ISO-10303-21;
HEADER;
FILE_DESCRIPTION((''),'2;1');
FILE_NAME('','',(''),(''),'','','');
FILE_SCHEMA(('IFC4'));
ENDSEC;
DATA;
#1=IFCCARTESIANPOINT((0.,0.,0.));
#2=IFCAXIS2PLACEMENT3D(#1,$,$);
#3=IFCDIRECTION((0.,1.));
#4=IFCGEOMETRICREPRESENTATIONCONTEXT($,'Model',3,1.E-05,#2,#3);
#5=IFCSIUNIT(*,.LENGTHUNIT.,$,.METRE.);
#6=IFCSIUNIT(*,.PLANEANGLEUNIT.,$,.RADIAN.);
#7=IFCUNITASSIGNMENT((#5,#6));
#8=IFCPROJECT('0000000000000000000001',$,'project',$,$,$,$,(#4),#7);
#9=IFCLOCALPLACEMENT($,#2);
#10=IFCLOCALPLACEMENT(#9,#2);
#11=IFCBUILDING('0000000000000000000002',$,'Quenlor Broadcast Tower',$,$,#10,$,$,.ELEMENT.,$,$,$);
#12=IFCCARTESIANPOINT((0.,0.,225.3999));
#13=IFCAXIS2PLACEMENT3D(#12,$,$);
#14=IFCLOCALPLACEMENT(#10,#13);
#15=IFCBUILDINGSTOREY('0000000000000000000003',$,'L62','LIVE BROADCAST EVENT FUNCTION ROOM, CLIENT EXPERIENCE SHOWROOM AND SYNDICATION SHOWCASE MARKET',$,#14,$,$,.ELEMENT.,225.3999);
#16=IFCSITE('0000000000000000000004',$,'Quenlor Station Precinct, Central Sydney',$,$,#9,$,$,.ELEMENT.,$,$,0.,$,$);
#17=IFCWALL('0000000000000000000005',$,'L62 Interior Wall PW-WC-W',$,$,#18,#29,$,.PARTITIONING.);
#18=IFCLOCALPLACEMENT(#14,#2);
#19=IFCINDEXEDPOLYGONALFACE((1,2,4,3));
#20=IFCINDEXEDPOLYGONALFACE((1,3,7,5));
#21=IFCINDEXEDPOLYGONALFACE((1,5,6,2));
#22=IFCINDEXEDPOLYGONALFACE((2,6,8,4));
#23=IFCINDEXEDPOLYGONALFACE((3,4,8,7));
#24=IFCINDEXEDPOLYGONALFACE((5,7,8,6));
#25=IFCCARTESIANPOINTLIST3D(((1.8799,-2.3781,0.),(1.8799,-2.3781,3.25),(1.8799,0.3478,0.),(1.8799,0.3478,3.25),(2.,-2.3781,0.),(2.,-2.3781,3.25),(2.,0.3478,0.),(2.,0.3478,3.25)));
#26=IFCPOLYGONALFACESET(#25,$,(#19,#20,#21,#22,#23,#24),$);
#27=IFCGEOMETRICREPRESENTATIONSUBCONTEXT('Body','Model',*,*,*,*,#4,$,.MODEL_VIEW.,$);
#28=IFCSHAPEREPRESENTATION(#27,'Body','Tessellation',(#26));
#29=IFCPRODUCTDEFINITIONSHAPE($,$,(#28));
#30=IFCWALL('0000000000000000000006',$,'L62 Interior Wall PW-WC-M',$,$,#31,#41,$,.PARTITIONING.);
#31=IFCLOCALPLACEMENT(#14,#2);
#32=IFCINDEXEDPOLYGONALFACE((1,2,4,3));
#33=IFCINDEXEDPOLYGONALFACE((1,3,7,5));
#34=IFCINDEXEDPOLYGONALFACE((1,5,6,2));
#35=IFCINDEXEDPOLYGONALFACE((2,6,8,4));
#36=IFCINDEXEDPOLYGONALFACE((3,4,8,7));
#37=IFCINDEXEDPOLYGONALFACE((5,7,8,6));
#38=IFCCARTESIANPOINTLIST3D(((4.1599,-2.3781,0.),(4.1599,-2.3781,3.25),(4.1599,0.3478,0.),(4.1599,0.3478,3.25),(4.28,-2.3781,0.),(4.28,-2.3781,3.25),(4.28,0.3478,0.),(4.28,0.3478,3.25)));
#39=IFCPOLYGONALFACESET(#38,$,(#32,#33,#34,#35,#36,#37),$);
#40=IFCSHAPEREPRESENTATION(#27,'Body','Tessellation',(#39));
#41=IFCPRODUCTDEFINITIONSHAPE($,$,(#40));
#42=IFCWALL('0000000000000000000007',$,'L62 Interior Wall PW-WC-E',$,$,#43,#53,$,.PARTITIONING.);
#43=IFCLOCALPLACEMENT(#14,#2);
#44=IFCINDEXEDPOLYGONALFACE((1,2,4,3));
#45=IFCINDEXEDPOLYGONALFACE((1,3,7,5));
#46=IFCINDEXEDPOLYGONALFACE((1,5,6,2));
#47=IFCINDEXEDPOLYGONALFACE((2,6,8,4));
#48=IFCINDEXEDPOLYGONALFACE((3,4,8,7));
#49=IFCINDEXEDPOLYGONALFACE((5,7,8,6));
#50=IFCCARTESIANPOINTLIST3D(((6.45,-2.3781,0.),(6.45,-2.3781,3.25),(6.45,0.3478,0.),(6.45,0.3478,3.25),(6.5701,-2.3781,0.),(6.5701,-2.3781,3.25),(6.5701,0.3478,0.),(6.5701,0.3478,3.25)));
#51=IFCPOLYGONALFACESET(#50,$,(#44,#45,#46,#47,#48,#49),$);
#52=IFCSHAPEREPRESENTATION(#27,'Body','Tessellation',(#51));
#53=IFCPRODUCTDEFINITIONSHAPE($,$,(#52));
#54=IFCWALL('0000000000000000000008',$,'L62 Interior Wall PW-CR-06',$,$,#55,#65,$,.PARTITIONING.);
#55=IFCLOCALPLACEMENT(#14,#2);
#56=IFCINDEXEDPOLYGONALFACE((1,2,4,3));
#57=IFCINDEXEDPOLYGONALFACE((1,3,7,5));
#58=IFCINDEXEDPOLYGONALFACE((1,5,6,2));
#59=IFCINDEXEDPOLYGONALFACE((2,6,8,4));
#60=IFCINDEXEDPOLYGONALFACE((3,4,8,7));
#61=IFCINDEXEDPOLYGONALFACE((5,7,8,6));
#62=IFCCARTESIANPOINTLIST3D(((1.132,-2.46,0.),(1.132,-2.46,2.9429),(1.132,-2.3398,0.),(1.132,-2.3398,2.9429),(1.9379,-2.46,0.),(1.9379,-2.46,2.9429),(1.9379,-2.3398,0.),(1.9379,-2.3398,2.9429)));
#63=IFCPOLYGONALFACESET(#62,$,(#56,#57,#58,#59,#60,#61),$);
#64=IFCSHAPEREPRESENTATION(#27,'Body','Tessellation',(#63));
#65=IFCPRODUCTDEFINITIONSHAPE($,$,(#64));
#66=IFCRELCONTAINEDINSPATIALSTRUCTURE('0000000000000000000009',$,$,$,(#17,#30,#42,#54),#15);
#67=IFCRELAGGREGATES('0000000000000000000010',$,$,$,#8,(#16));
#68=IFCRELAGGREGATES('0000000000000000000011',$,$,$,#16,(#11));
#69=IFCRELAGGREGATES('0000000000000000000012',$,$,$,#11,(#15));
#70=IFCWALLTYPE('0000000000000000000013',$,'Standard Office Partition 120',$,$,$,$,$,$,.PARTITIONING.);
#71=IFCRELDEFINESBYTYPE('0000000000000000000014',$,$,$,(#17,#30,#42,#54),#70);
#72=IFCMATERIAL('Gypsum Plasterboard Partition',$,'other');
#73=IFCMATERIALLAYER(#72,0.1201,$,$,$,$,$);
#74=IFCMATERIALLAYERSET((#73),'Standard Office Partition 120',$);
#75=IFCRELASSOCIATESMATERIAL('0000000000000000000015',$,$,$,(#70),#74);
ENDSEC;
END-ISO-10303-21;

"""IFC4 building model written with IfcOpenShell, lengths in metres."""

from ifc_helpers import new_model, si_unit, direction, frame, frame_2d, origin, place, context, subcontext, project, spatial, rectangle, extrude, material, layer, layer_set, type_object, element, save


model = new_model("IFC4")

# Units and contexts
model_context = context("Model", 3, precision=1e-05, world=origin(), true_north=direction((0.0, 1.0)))
body_context = subcontext(model_context, "Body", "Model", "MODEL_VIEW")
ifc_project = project(units=[si_unit("LENGTHUNIT", "METRE"), si_unit("PLANEANGLEUNIT", "RADIAN")], contexts=[model_context])

# Site, building, storey
site_placement = place(None, origin())
site = spatial("IfcSite", under=ifc_project, at=site_placement, Name="Quenlor Station Precinct, Central Sydney", CompositionType="ELEMENT", RefElevation=0.0)
building_placement = place(site_placement, origin())
building = spatial("IfcBuilding", under=site, at=building_placement, Name="Quenlor Broadcast Tower", CompositionType="ELEMENT")
storey_placement = place(building_placement, frame((0.0, 0.0, 225.3999)))
storey = spatial("IfcBuildingStorey", under=building, at=storey_placement, Name="L62", Description="LIVE BROADCAST EVENT FUNCTION ROOM, CLIENT EXPERIENCE SHOWROOM AND SYNDICATION SHOWCASE MARKET", CompositionType="ELEMENT", Elevation=225.3999)

# Shared definitions
ifc_material_1 = material(Name="Gypsum Plasterboard Partition", Category="other")
ifc_layer_1 = layer(ifc_material_1, 0.1201)
ifc_layer_set_1 = layer_set([ifc_layer_1], Name="Standard Office Partition 120")
wall_type_1 = type_object("IfcWallType", Name="Standard Office Partition 120", PredefinedType="PARTITIONING", material=ifc_layer_set_1)

# Walls
for number, where, z_axis, x_axis, name in (
    (1, (1.9399, -2.3779, 0.0), (0.0, 0.0, 1.0), (0.0, 1.0, 0.0), "L62 Interior Wall PW-WC-W"),
    (2, (4.22, -2.3779, 0.0), (0.0, 0.0, 1.0), (0.0, 1.0, 0.0), "L62 Interior Wall PW-WC-M"),
    (3, (6.51, -2.3779, 0.0), (0.0, 0.0, 1.0), (0.0, 1.0, 0.0), "L62 Interior Wall PW-WC-E"),
):
    element("IfcWall", number, at=place(storey_placement, frame(where, z_axis=z_axis, x_axis=x_axis)), inside=storey, type_object=wall_type_1, Name=name, PredefinedType="PARTITIONING", context=body_context, shape_type="SweptSolid", body=[
        extrude(rectangle(XDim=2.7258, YDim=0.1201, at=frame_2d((1.3628, 0.0))), origin(), (0.0, 0.0, 1.0), 3.25),
    ])
wall_1_placement = place(storey_placement, frame((1.1321, -2.3999, 0.0), z_axis=(0.0, 0.0, 1.0), x_axis=(1.0, 0.0, 0.0)))
element("IfcWall", 4, at=wall_1_placement, inside=storey, type_object=wall_type_1, Name="L62 Interior Wall PW-CR-06", PredefinedType="PARTITIONING", context=body_context, shape_type="SweptSolid", body=[
    extrude(rectangle(XDim=0.8059, YDim=0.1201, at=frame_2d((0.4028, 0.0))), origin(), (0.0, 0.0, 1.0), 2.9429),
])

save(model, "model.ifc")
